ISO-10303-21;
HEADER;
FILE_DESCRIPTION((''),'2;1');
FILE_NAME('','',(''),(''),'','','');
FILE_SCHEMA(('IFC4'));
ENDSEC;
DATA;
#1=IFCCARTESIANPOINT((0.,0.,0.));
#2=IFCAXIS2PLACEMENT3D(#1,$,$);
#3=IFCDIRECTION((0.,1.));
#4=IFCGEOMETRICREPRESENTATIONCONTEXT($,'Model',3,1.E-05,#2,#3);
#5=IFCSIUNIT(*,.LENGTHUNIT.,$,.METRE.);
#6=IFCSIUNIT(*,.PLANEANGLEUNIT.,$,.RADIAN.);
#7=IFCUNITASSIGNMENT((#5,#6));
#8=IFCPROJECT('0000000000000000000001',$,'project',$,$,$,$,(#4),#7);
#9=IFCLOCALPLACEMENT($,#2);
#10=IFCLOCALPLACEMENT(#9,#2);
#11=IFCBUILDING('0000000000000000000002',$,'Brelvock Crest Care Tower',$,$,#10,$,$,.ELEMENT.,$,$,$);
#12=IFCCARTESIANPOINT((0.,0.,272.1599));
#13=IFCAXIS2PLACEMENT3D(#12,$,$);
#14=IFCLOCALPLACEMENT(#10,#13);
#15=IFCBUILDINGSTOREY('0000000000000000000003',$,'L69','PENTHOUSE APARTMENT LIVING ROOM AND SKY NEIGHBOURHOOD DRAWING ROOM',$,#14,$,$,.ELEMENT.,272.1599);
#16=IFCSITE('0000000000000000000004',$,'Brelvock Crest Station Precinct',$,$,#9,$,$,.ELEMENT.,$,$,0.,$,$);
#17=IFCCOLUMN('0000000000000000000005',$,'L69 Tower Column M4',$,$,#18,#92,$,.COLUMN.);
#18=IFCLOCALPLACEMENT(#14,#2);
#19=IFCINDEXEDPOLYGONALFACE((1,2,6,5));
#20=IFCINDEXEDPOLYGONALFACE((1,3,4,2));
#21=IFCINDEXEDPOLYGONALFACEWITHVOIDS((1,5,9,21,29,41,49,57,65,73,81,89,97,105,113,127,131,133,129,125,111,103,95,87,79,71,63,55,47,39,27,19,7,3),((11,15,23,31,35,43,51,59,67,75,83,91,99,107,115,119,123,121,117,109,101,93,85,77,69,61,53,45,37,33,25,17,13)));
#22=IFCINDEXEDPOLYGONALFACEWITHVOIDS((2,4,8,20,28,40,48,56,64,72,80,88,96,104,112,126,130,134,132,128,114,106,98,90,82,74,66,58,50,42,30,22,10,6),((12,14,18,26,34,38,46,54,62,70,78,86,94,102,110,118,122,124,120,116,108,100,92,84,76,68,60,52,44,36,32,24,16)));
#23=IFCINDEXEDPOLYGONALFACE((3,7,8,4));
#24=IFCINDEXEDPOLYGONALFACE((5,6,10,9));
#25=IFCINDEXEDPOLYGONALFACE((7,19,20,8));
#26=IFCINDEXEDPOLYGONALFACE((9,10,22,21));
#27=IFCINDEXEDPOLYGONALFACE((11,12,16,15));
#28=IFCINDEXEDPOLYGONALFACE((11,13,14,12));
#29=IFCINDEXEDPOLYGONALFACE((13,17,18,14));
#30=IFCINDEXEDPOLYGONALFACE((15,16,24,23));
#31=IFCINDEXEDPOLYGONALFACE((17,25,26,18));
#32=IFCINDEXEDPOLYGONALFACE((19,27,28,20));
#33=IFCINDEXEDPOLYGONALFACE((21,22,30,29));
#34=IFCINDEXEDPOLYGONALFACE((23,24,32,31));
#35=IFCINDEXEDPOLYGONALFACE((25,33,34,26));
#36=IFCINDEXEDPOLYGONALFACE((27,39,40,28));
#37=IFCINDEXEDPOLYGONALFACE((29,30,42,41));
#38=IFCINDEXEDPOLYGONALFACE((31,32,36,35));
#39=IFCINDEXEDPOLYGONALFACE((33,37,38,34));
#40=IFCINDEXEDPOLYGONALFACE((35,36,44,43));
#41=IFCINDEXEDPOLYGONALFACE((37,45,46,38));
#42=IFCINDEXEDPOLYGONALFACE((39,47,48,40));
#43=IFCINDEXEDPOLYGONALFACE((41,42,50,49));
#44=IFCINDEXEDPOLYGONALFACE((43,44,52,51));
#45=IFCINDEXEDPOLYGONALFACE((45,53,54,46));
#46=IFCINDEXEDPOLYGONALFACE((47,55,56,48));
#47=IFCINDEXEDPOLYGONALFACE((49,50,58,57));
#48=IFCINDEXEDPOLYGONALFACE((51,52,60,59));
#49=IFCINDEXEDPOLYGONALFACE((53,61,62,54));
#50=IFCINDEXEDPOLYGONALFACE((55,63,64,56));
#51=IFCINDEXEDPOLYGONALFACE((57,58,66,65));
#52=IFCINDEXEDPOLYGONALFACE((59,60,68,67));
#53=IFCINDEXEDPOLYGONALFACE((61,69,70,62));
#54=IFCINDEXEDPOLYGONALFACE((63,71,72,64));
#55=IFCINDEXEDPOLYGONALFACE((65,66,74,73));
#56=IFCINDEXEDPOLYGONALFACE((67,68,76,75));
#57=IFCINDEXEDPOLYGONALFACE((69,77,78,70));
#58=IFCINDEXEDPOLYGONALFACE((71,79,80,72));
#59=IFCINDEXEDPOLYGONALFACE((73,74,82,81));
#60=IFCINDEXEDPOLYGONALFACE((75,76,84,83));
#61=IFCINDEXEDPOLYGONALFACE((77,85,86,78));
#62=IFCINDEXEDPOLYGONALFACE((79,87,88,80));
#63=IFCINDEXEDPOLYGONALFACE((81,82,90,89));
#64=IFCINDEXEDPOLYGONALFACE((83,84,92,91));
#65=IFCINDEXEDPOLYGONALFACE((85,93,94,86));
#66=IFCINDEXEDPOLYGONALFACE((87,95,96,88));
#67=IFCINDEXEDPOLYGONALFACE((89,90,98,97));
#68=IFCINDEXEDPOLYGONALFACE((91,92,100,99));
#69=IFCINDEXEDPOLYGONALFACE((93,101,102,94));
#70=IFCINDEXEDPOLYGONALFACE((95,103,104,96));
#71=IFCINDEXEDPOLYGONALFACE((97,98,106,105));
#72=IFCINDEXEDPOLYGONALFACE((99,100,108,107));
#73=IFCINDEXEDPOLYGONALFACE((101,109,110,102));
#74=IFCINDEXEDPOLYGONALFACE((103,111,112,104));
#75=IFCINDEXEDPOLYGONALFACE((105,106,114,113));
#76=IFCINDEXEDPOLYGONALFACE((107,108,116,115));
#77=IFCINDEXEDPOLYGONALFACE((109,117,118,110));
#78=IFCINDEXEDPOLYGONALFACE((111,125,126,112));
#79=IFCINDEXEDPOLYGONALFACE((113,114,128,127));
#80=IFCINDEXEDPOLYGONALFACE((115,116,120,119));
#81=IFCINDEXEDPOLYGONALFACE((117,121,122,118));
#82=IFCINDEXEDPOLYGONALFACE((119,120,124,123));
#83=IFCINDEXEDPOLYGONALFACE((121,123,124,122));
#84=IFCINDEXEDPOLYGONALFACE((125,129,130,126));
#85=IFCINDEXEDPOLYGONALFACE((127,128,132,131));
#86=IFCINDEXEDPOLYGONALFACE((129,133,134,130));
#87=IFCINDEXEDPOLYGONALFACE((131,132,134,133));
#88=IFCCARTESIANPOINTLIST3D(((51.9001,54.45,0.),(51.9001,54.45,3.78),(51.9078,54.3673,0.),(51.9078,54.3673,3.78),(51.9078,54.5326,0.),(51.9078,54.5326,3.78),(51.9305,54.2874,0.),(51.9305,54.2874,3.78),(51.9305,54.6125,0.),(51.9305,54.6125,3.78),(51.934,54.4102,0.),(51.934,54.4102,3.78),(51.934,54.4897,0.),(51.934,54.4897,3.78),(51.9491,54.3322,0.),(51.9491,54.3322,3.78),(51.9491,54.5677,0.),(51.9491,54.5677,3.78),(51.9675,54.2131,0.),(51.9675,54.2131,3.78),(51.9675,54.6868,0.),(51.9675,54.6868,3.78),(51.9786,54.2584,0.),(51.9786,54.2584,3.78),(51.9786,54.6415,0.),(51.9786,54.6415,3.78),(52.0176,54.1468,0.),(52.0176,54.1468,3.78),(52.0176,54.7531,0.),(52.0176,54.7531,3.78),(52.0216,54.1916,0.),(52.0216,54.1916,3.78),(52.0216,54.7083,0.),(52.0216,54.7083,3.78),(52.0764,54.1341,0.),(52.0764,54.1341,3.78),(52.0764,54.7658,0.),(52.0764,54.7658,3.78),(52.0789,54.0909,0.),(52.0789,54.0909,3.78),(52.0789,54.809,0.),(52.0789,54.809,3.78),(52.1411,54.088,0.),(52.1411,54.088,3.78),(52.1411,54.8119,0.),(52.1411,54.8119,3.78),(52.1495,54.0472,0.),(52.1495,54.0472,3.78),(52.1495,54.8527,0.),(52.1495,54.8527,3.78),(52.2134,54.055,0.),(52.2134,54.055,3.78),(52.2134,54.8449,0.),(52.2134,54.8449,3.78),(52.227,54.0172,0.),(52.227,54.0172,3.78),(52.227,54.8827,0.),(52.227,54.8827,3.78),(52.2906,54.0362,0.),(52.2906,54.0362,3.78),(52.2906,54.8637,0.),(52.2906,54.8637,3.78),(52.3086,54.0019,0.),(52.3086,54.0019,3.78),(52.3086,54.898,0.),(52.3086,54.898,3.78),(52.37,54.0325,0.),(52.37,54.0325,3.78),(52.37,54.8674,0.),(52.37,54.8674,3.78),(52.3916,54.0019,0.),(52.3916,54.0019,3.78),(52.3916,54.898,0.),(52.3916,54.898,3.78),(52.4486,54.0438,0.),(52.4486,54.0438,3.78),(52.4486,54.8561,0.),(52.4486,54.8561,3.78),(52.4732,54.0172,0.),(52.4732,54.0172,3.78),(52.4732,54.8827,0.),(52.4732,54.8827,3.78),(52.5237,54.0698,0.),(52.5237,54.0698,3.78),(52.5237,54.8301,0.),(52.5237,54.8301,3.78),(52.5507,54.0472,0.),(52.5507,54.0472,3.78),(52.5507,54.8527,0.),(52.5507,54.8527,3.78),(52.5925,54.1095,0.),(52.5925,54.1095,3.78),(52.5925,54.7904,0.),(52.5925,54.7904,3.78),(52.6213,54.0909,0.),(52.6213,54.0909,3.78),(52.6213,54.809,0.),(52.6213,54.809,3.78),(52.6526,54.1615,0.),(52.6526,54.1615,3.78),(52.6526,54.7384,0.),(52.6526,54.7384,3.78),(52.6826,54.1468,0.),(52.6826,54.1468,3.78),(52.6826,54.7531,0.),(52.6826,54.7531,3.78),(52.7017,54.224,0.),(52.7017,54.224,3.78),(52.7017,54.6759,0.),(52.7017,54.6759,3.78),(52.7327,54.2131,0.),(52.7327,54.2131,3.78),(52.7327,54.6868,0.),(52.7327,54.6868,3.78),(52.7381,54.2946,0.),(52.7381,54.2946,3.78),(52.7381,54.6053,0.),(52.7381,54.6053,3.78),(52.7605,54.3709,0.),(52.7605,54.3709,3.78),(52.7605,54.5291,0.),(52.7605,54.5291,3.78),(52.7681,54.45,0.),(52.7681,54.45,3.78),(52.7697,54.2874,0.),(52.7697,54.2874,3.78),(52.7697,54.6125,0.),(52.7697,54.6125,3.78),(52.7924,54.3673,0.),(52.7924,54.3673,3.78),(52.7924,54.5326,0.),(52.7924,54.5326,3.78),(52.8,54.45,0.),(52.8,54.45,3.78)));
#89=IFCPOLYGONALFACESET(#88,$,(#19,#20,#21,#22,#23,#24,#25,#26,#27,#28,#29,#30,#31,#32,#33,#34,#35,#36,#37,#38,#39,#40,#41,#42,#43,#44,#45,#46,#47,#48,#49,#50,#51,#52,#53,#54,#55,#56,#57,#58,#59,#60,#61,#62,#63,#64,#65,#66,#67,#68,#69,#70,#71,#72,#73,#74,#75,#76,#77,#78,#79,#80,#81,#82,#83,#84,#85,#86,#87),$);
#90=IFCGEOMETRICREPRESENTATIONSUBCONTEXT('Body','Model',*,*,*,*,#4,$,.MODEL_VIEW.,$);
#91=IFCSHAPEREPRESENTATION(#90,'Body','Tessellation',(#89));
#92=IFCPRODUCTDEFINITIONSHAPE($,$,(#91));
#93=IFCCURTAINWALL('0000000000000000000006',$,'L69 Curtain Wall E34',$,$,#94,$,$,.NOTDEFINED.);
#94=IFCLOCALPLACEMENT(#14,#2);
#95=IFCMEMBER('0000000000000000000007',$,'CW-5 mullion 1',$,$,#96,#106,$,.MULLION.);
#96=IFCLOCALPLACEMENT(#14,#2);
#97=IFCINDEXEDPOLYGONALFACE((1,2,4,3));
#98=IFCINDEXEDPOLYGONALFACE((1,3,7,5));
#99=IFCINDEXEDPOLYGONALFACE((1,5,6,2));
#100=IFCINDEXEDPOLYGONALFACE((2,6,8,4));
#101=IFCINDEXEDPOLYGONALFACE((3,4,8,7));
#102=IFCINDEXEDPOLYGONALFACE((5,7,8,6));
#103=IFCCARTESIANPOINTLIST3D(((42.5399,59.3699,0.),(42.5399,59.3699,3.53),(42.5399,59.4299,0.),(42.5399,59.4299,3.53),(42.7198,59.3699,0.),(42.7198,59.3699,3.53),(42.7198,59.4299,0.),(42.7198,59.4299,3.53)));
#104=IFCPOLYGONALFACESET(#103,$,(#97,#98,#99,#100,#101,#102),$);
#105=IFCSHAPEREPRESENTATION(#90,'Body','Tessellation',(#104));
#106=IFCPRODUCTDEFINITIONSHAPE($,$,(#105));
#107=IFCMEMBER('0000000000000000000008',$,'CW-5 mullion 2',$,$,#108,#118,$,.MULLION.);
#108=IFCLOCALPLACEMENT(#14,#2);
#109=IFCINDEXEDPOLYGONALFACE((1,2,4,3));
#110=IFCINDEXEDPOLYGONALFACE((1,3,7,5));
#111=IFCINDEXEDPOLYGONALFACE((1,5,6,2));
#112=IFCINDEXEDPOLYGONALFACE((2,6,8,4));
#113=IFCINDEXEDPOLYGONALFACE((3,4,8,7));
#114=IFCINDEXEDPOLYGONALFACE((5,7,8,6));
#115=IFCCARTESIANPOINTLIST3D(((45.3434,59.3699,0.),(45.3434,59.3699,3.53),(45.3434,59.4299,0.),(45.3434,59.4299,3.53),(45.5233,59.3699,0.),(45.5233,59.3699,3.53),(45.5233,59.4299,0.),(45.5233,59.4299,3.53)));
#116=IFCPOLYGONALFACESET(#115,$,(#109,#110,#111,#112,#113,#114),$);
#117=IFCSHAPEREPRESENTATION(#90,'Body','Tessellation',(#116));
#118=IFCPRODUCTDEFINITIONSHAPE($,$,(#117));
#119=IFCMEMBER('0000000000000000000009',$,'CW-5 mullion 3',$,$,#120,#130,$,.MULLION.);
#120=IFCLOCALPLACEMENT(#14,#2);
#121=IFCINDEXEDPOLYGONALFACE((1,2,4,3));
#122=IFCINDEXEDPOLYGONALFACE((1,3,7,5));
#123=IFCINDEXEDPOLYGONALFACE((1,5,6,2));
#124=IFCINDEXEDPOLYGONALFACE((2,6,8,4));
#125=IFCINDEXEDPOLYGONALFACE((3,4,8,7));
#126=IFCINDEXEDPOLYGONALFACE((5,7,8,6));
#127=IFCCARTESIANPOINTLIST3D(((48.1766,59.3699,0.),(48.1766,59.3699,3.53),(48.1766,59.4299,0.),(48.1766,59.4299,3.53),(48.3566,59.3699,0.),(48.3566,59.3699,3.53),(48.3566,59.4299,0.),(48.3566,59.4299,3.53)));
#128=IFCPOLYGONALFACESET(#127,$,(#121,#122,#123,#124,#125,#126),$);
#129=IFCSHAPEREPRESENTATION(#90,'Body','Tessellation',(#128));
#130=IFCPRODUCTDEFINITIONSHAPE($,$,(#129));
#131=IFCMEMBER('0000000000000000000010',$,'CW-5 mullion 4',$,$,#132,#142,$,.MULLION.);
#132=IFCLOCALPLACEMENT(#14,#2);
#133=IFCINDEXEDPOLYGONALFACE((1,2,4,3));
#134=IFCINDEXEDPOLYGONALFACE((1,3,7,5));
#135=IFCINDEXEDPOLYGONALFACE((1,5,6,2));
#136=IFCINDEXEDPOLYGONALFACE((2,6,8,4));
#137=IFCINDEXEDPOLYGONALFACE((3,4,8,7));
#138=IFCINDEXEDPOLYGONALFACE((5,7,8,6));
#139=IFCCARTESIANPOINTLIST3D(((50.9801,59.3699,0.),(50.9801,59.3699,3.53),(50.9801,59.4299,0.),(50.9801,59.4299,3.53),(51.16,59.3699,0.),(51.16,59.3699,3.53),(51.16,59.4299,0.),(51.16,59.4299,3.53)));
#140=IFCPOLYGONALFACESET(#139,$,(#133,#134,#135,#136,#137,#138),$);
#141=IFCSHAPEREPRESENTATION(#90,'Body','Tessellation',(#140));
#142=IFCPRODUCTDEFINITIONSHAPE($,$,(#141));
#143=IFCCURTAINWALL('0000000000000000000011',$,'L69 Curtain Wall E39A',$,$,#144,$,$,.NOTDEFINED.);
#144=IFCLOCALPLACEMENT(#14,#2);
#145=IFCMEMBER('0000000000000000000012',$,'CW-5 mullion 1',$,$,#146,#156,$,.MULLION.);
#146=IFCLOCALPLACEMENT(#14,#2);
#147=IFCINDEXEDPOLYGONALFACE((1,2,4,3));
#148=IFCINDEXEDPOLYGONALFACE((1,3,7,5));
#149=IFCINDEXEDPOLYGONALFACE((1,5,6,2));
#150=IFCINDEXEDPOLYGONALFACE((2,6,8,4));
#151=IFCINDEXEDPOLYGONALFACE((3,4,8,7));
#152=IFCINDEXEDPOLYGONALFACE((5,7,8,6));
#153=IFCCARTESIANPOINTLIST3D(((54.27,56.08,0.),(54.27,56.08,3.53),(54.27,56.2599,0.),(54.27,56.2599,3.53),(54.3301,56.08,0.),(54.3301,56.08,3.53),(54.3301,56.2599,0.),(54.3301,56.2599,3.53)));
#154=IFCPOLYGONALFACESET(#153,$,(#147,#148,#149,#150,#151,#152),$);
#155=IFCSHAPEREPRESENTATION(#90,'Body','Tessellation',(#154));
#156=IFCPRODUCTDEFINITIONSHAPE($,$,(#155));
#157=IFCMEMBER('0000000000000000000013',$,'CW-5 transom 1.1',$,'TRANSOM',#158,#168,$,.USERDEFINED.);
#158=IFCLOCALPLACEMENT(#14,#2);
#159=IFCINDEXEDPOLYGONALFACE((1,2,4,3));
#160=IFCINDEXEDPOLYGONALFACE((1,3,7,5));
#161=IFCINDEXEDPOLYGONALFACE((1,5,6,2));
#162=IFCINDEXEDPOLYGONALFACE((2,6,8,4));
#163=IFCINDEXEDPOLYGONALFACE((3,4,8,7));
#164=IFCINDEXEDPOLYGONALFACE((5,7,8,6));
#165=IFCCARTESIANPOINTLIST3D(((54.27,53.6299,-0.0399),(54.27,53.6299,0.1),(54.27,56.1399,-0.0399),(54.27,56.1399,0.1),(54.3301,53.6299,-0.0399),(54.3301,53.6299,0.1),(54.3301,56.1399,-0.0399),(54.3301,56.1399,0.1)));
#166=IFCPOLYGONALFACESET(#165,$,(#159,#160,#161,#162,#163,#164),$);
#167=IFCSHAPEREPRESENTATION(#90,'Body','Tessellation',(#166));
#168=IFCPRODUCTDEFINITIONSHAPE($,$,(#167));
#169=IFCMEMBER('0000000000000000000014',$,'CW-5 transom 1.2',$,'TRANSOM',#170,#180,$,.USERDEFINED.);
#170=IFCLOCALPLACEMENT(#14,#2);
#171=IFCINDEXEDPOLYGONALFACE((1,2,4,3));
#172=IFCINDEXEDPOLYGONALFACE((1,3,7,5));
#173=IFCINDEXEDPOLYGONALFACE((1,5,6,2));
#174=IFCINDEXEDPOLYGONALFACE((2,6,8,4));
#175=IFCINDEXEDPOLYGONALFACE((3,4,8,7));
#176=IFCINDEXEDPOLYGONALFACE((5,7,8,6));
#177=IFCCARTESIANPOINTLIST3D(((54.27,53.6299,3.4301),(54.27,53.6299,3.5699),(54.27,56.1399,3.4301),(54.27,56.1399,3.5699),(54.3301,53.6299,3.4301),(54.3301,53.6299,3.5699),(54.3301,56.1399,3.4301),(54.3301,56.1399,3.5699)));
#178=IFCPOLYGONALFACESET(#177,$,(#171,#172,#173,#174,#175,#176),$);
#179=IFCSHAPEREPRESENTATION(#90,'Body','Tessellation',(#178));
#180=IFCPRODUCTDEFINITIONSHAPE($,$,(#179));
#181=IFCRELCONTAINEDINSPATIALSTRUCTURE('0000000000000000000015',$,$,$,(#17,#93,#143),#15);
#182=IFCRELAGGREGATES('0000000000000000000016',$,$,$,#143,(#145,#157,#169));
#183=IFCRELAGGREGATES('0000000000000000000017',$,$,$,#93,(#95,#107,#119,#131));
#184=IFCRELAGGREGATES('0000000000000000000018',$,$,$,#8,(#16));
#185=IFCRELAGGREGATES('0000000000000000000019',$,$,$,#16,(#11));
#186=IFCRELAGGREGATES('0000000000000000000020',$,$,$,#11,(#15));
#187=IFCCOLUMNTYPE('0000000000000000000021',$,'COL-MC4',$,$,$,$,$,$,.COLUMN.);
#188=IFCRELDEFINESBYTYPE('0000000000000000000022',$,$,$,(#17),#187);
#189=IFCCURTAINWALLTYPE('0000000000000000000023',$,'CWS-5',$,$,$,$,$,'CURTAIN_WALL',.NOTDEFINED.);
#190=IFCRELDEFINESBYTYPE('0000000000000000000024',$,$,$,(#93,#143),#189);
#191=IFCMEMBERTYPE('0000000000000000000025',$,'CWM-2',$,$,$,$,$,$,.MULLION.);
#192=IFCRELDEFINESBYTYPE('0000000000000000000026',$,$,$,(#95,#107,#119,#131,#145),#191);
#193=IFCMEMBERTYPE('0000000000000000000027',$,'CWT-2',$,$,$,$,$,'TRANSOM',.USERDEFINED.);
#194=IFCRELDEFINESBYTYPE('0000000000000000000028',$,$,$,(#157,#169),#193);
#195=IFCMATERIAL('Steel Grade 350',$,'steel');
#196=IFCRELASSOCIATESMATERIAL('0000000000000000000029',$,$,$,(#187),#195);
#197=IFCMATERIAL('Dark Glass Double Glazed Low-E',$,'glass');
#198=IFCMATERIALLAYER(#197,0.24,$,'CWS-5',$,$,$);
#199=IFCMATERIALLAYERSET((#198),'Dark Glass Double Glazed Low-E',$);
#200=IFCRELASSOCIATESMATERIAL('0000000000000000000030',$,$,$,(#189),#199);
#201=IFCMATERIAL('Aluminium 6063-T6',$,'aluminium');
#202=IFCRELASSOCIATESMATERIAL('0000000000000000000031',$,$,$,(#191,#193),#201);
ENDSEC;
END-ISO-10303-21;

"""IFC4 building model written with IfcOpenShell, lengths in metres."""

from ifc_helpers import new_model, si_unit, direction, frame, origin, origin_2d, place, context, subcontext, project, spatial, rectangle, hollow_circle, extrude, source, transform, mapped, material, layer, layer_set, material_profile, profile_set, type_object, element, aggregate, save


model = new_model("IFC4")

# Units and contexts
model_context = context("Model", 3, precision=1e-05, world=origin(), true_north=direction((0.0, 1.0)))
body_context = subcontext(model_context, "Body", "Model", "MODEL_VIEW")
ifc_project = project(units=[si_unit("LENGTHUNIT", "METRE"), si_unit("PLANEANGLEUNIT", "RADIAN")], contexts=[model_context])

# Site, building, storey
site_placement = place(None, origin())
site = spatial("IfcSite", under=ifc_project, at=site_placement, Name="Brelvock Crest Station Precinct", CompositionType="ELEMENT", RefElevation=0.0)
building_placement = place(site_placement, origin())
building = spatial("IfcBuilding", under=site, at=building_placement, Name="Brelvock Crest Care Tower", CompositionType="ELEMENT")
storey_placement = place(building_placement, frame((0.0, 0.0, 272.1599)))
storey = spatial("IfcBuildingStorey", under=building, at=storey_placement, Name="L69", Description="PENTHOUSE APARTMENT LIVING ROOM AND SKY NEIGHBOURHOOD DRAWING ROOM", CompositionType="ELEMENT", Elevation=272.1599)

# Column
ifc_material_1 = material(Name="Steel Grade 350", Category="steel")
ifc_material_profile_1 = material_profile(ifc_material_1, hollow_circle(Radius=0.45, WallThickness=0.032, at=origin_2d()), Name="CFT900x32")
ifc_profile_set_1 = profile_set([ifc_material_profile_1], Name="Steel Grade 350")
column_type = type_object("IfcColumnType", Name="COL-MC4", PredefinedType="COLUMN", material=ifc_profile_set_1)
shared_shape_1 = source(origin(), body_context, "Body", "SweptSolid", [
    extrude(hollow_circle(Radius=0.45, WallThickness=0.032, at=origin_2d()), origin(), (0.0, 0.0, 1.0), 3.78),
])
column_placement = place(storey_placement, frame((52.3501, 54.45, 0.0), z_axis=(0.0, 0.0, 1.0), x_axis=(1.0, 0.0, 0.0)))
element("IfcColumn", 1, at=column_placement, inside=storey, type_object=column_type, Name="L69 Tower Column M4", PredefinedType="COLUMN", context=body_context, shape_type="MappedRepresentation", body=[
    mapped(shared_shape_1, transform((0.0, 0.0, 0.0), x_axis=(1.0, 0.0, 0.0), y_axis=(0.0, 1.0, 0.0), z_axis=(0.0, 0.0, 1.0), scale=1.0)),
])

# Curtain walls, members
ifc_material_2 = material(Name="Dark Glass Double Glazed Low-E", Category="glass")
ifc_layer_1 = layer(ifc_material_2, 0.24, Name="CWS-5")
ifc_layer_set_1 = layer_set([ifc_layer_1], Name="Dark Glass Double Glazed Low-E")
curtain_wall_type = type_object("IfcCurtainWallType", Name="CWS-5", ElementType="CURTAIN_WALL", PredefinedType="NOTDEFINED", material=ifc_layer_set_1)
curtain_wall_1_placement = place(storey_placement, origin())
curtain_wall_1 = element("IfcCurtainWall", 2, at=curtain_wall_1_placement, inside=storey, type_object=curtain_wall_type, Name="L69 Curtain Wall E34", PredefinedType="NOTDEFINED")
ifc_material_3 = material(Name="Aluminium 6063-T6", Category="aluminium")
ifc_material_profile_2 = material_profile(ifc_material_3, rectangle(XDim=0.0601, YDim=0.1799, at=origin_2d()), Name="ALU60x180")
ifc_profile_set_2 = profile_set([ifc_material_profile_2], Name="Aluminium 6063-T6")
member_type_1 = type_object("IfcMemberType", Name="CWM-2", PredefinedType="MULLION", material=ifc_profile_set_2)
shared_shape_2 = source(origin(), body_context, "Body", "SweptSolid", [
    extrude(rectangle(XDim=0.0601, YDim=0.1799, at=origin_2d()), origin(), (0.0, 0.0, 1.0), 3.53),
])
member_1_placement = place(storey_placement, frame((42.6299, 59.3999, 0.0), z_axis=(0.0, 0.0, 1.0), x_axis=(0.0, 1.0, 0.0)))
member_1 = element("IfcMember", 3, at=member_1_placement, type_object=member_type_1, Name="CW-5 mullion 1", PredefinedType="MULLION", context=body_context, shape_type="MappedRepresentation", body=[
    mapped(shared_shape_2, transform((0.0, 0.0, 0.0), x_axis=(1.0, 0.0, 0.0), y_axis=(0.0, 1.0, 0.0), z_axis=(0.0, 0.0, 1.0), scale=1.0)),
])
member_2_placement = place(storey_placement, frame((45.4333, 59.3999, 0.0), z_axis=(0.0, 0.0, 1.0), x_axis=(0.0, 1.0, 0.0)))
member_2 = element("IfcMember", 4, at=member_2_placement, type_object=member_type_1, Name="CW-5 mullion 2", PredefinedType="MULLION", context=body_context, shape_type="MappedRepresentation", body=[
    mapped(shared_shape_2, transform((0.0, 0.0, 0.0), x_axis=(1.0, 0.0, 0.0), y_axis=(0.0, 1.0, 0.0), z_axis=(0.0, 0.0, 1.0), scale=1.0)),
])
member_3_placement = place(storey_placement, frame((48.2666, 59.3999, 0.0), z_axis=(0.0, 0.0, 1.0), x_axis=(0.0, 1.0, 0.0)))
member_3 = element("IfcMember", 5, at=member_3_placement, type_object=member_type_1, Name="CW-5 mullion 3", PredefinedType="MULLION", context=body_context, shape_type="MappedRepresentation", body=[
    mapped(shared_shape_2, transform((0.0, 0.0, 0.0), x_axis=(1.0, 0.0, 0.0), y_axis=(0.0, 1.0, 0.0), z_axis=(0.0, 0.0, 1.0), scale=1.0)),
])
member_4_placement = place(storey_placement, frame((51.0701, 59.3999, 0.0), z_axis=(0.0, 0.0, 1.0), x_axis=(0.0, 1.0, 0.0)))
member_4 = element("IfcMember", 6, at=member_4_placement, type_object=member_type_1, Name="CW-5 mullion 4", PredefinedType="MULLION", context=body_context, shape_type="MappedRepresentation", body=[
    mapped(shared_shape_2, transform((0.0, 0.0, 0.0), x_axis=(1.0, 0.0, 0.0), y_axis=(0.0, 1.0, 0.0), z_axis=(0.0, 0.0, 1.0), scale=1.0)),
])
curtain_wall_2_placement = place(storey_placement, origin())
curtain_wall_2 = element("IfcCurtainWall", 7, at=curtain_wall_2_placement, inside=storey, type_object=curtain_wall_type, Name="L69 Curtain Wall E39A", PredefinedType="NOTDEFINED")
member_5_placement = place(storey_placement, frame((54.3, 56.1699, 0.0), z_axis=(0.0, 0.0, 1.0), x_axis=(1.0, 0.0, 0.0)))
member_5 = element("IfcMember", 8, at=member_5_placement, type_object=member_type_1, Name="CW-5 mullion 1", PredefinedType="MULLION", context=body_context, shape_type="MappedRepresentation", body=[
    mapped(shared_shape_2, transform((0.0, 0.0, 0.0), x_axis=(1.0, 0.0, 0.0), y_axis=(0.0, 1.0, 0.0), z_axis=(0.0, 0.0, 1.0), scale=1.0)),
])
ifc_material_profile_3 = material_profile(ifc_material_3, rectangle(XDim=0.0601, YDim=0.1399, at=origin_2d()), Name="ALU60x140")
ifc_profile_set_3 = profile_set([ifc_material_profile_3], Name="Aluminium 6063-T6")
member_type_2 = type_object("IfcMemberType", Name="CWT-2", ElementType="TRANSOM", PredefinedType="USERDEFINED", material=ifc_profile_set_3)
shared_shape_3 = source(origin(), body_context, "Body", "SweptSolid", [
    extrude(rectangle(XDim=0.0601, YDim=0.1399, at=origin_2d()), origin(), (0.0, 0.0, 1.0), 2.51),
])
member_6_placement = place(storey_placement, frame((54.3, 56.1399, 0.03), z_axis=(0.0, -1.0, 0.0), x_axis=(1.0, 0.0, 0.0)))
member_6 = element("IfcMember", 9, at=member_6_placement, type_object=member_type_2, Name="CW-5 transom 1.1", ObjectType="TRANSOM", PredefinedType="USERDEFINED", context=body_context, shape_type="MappedRepresentation", body=[
    mapped(shared_shape_3, transform((0.0, 0.0, 0.0), x_axis=(1.0, 0.0, 0.0), y_axis=(0.0, 1.0, 0.0), z_axis=(0.0, 0.0, 1.0), scale=1.0)),
])
member_7_placement = place(storey_placement, frame((54.3, 56.1399, 3.5), z_axis=(0.0, -1.0, 0.0), x_axis=(1.0, 0.0, 0.0)))
member_7 = element("IfcMember", 10, at=member_7_placement, type_object=member_type_2, Name="CW-5 transom 1.2", ObjectType="TRANSOM", PredefinedType="USERDEFINED", context=body_context, shape_type="MappedRepresentation", body=[
    mapped(shared_shape_3, transform((0.0, 0.0, 0.0), x_axis=(1.0, 0.0, 0.0), y_axis=(0.0, 1.0, 0.0), z_axis=(0.0, 0.0, 1.0), scale=1.0)),
])

aggregate(curtain_wall_2, [member_5, member_6, member_7])
aggregate(curtain_wall_1, [member_1, member_2, member_3, member_4])

save(model, "model.ifc")
